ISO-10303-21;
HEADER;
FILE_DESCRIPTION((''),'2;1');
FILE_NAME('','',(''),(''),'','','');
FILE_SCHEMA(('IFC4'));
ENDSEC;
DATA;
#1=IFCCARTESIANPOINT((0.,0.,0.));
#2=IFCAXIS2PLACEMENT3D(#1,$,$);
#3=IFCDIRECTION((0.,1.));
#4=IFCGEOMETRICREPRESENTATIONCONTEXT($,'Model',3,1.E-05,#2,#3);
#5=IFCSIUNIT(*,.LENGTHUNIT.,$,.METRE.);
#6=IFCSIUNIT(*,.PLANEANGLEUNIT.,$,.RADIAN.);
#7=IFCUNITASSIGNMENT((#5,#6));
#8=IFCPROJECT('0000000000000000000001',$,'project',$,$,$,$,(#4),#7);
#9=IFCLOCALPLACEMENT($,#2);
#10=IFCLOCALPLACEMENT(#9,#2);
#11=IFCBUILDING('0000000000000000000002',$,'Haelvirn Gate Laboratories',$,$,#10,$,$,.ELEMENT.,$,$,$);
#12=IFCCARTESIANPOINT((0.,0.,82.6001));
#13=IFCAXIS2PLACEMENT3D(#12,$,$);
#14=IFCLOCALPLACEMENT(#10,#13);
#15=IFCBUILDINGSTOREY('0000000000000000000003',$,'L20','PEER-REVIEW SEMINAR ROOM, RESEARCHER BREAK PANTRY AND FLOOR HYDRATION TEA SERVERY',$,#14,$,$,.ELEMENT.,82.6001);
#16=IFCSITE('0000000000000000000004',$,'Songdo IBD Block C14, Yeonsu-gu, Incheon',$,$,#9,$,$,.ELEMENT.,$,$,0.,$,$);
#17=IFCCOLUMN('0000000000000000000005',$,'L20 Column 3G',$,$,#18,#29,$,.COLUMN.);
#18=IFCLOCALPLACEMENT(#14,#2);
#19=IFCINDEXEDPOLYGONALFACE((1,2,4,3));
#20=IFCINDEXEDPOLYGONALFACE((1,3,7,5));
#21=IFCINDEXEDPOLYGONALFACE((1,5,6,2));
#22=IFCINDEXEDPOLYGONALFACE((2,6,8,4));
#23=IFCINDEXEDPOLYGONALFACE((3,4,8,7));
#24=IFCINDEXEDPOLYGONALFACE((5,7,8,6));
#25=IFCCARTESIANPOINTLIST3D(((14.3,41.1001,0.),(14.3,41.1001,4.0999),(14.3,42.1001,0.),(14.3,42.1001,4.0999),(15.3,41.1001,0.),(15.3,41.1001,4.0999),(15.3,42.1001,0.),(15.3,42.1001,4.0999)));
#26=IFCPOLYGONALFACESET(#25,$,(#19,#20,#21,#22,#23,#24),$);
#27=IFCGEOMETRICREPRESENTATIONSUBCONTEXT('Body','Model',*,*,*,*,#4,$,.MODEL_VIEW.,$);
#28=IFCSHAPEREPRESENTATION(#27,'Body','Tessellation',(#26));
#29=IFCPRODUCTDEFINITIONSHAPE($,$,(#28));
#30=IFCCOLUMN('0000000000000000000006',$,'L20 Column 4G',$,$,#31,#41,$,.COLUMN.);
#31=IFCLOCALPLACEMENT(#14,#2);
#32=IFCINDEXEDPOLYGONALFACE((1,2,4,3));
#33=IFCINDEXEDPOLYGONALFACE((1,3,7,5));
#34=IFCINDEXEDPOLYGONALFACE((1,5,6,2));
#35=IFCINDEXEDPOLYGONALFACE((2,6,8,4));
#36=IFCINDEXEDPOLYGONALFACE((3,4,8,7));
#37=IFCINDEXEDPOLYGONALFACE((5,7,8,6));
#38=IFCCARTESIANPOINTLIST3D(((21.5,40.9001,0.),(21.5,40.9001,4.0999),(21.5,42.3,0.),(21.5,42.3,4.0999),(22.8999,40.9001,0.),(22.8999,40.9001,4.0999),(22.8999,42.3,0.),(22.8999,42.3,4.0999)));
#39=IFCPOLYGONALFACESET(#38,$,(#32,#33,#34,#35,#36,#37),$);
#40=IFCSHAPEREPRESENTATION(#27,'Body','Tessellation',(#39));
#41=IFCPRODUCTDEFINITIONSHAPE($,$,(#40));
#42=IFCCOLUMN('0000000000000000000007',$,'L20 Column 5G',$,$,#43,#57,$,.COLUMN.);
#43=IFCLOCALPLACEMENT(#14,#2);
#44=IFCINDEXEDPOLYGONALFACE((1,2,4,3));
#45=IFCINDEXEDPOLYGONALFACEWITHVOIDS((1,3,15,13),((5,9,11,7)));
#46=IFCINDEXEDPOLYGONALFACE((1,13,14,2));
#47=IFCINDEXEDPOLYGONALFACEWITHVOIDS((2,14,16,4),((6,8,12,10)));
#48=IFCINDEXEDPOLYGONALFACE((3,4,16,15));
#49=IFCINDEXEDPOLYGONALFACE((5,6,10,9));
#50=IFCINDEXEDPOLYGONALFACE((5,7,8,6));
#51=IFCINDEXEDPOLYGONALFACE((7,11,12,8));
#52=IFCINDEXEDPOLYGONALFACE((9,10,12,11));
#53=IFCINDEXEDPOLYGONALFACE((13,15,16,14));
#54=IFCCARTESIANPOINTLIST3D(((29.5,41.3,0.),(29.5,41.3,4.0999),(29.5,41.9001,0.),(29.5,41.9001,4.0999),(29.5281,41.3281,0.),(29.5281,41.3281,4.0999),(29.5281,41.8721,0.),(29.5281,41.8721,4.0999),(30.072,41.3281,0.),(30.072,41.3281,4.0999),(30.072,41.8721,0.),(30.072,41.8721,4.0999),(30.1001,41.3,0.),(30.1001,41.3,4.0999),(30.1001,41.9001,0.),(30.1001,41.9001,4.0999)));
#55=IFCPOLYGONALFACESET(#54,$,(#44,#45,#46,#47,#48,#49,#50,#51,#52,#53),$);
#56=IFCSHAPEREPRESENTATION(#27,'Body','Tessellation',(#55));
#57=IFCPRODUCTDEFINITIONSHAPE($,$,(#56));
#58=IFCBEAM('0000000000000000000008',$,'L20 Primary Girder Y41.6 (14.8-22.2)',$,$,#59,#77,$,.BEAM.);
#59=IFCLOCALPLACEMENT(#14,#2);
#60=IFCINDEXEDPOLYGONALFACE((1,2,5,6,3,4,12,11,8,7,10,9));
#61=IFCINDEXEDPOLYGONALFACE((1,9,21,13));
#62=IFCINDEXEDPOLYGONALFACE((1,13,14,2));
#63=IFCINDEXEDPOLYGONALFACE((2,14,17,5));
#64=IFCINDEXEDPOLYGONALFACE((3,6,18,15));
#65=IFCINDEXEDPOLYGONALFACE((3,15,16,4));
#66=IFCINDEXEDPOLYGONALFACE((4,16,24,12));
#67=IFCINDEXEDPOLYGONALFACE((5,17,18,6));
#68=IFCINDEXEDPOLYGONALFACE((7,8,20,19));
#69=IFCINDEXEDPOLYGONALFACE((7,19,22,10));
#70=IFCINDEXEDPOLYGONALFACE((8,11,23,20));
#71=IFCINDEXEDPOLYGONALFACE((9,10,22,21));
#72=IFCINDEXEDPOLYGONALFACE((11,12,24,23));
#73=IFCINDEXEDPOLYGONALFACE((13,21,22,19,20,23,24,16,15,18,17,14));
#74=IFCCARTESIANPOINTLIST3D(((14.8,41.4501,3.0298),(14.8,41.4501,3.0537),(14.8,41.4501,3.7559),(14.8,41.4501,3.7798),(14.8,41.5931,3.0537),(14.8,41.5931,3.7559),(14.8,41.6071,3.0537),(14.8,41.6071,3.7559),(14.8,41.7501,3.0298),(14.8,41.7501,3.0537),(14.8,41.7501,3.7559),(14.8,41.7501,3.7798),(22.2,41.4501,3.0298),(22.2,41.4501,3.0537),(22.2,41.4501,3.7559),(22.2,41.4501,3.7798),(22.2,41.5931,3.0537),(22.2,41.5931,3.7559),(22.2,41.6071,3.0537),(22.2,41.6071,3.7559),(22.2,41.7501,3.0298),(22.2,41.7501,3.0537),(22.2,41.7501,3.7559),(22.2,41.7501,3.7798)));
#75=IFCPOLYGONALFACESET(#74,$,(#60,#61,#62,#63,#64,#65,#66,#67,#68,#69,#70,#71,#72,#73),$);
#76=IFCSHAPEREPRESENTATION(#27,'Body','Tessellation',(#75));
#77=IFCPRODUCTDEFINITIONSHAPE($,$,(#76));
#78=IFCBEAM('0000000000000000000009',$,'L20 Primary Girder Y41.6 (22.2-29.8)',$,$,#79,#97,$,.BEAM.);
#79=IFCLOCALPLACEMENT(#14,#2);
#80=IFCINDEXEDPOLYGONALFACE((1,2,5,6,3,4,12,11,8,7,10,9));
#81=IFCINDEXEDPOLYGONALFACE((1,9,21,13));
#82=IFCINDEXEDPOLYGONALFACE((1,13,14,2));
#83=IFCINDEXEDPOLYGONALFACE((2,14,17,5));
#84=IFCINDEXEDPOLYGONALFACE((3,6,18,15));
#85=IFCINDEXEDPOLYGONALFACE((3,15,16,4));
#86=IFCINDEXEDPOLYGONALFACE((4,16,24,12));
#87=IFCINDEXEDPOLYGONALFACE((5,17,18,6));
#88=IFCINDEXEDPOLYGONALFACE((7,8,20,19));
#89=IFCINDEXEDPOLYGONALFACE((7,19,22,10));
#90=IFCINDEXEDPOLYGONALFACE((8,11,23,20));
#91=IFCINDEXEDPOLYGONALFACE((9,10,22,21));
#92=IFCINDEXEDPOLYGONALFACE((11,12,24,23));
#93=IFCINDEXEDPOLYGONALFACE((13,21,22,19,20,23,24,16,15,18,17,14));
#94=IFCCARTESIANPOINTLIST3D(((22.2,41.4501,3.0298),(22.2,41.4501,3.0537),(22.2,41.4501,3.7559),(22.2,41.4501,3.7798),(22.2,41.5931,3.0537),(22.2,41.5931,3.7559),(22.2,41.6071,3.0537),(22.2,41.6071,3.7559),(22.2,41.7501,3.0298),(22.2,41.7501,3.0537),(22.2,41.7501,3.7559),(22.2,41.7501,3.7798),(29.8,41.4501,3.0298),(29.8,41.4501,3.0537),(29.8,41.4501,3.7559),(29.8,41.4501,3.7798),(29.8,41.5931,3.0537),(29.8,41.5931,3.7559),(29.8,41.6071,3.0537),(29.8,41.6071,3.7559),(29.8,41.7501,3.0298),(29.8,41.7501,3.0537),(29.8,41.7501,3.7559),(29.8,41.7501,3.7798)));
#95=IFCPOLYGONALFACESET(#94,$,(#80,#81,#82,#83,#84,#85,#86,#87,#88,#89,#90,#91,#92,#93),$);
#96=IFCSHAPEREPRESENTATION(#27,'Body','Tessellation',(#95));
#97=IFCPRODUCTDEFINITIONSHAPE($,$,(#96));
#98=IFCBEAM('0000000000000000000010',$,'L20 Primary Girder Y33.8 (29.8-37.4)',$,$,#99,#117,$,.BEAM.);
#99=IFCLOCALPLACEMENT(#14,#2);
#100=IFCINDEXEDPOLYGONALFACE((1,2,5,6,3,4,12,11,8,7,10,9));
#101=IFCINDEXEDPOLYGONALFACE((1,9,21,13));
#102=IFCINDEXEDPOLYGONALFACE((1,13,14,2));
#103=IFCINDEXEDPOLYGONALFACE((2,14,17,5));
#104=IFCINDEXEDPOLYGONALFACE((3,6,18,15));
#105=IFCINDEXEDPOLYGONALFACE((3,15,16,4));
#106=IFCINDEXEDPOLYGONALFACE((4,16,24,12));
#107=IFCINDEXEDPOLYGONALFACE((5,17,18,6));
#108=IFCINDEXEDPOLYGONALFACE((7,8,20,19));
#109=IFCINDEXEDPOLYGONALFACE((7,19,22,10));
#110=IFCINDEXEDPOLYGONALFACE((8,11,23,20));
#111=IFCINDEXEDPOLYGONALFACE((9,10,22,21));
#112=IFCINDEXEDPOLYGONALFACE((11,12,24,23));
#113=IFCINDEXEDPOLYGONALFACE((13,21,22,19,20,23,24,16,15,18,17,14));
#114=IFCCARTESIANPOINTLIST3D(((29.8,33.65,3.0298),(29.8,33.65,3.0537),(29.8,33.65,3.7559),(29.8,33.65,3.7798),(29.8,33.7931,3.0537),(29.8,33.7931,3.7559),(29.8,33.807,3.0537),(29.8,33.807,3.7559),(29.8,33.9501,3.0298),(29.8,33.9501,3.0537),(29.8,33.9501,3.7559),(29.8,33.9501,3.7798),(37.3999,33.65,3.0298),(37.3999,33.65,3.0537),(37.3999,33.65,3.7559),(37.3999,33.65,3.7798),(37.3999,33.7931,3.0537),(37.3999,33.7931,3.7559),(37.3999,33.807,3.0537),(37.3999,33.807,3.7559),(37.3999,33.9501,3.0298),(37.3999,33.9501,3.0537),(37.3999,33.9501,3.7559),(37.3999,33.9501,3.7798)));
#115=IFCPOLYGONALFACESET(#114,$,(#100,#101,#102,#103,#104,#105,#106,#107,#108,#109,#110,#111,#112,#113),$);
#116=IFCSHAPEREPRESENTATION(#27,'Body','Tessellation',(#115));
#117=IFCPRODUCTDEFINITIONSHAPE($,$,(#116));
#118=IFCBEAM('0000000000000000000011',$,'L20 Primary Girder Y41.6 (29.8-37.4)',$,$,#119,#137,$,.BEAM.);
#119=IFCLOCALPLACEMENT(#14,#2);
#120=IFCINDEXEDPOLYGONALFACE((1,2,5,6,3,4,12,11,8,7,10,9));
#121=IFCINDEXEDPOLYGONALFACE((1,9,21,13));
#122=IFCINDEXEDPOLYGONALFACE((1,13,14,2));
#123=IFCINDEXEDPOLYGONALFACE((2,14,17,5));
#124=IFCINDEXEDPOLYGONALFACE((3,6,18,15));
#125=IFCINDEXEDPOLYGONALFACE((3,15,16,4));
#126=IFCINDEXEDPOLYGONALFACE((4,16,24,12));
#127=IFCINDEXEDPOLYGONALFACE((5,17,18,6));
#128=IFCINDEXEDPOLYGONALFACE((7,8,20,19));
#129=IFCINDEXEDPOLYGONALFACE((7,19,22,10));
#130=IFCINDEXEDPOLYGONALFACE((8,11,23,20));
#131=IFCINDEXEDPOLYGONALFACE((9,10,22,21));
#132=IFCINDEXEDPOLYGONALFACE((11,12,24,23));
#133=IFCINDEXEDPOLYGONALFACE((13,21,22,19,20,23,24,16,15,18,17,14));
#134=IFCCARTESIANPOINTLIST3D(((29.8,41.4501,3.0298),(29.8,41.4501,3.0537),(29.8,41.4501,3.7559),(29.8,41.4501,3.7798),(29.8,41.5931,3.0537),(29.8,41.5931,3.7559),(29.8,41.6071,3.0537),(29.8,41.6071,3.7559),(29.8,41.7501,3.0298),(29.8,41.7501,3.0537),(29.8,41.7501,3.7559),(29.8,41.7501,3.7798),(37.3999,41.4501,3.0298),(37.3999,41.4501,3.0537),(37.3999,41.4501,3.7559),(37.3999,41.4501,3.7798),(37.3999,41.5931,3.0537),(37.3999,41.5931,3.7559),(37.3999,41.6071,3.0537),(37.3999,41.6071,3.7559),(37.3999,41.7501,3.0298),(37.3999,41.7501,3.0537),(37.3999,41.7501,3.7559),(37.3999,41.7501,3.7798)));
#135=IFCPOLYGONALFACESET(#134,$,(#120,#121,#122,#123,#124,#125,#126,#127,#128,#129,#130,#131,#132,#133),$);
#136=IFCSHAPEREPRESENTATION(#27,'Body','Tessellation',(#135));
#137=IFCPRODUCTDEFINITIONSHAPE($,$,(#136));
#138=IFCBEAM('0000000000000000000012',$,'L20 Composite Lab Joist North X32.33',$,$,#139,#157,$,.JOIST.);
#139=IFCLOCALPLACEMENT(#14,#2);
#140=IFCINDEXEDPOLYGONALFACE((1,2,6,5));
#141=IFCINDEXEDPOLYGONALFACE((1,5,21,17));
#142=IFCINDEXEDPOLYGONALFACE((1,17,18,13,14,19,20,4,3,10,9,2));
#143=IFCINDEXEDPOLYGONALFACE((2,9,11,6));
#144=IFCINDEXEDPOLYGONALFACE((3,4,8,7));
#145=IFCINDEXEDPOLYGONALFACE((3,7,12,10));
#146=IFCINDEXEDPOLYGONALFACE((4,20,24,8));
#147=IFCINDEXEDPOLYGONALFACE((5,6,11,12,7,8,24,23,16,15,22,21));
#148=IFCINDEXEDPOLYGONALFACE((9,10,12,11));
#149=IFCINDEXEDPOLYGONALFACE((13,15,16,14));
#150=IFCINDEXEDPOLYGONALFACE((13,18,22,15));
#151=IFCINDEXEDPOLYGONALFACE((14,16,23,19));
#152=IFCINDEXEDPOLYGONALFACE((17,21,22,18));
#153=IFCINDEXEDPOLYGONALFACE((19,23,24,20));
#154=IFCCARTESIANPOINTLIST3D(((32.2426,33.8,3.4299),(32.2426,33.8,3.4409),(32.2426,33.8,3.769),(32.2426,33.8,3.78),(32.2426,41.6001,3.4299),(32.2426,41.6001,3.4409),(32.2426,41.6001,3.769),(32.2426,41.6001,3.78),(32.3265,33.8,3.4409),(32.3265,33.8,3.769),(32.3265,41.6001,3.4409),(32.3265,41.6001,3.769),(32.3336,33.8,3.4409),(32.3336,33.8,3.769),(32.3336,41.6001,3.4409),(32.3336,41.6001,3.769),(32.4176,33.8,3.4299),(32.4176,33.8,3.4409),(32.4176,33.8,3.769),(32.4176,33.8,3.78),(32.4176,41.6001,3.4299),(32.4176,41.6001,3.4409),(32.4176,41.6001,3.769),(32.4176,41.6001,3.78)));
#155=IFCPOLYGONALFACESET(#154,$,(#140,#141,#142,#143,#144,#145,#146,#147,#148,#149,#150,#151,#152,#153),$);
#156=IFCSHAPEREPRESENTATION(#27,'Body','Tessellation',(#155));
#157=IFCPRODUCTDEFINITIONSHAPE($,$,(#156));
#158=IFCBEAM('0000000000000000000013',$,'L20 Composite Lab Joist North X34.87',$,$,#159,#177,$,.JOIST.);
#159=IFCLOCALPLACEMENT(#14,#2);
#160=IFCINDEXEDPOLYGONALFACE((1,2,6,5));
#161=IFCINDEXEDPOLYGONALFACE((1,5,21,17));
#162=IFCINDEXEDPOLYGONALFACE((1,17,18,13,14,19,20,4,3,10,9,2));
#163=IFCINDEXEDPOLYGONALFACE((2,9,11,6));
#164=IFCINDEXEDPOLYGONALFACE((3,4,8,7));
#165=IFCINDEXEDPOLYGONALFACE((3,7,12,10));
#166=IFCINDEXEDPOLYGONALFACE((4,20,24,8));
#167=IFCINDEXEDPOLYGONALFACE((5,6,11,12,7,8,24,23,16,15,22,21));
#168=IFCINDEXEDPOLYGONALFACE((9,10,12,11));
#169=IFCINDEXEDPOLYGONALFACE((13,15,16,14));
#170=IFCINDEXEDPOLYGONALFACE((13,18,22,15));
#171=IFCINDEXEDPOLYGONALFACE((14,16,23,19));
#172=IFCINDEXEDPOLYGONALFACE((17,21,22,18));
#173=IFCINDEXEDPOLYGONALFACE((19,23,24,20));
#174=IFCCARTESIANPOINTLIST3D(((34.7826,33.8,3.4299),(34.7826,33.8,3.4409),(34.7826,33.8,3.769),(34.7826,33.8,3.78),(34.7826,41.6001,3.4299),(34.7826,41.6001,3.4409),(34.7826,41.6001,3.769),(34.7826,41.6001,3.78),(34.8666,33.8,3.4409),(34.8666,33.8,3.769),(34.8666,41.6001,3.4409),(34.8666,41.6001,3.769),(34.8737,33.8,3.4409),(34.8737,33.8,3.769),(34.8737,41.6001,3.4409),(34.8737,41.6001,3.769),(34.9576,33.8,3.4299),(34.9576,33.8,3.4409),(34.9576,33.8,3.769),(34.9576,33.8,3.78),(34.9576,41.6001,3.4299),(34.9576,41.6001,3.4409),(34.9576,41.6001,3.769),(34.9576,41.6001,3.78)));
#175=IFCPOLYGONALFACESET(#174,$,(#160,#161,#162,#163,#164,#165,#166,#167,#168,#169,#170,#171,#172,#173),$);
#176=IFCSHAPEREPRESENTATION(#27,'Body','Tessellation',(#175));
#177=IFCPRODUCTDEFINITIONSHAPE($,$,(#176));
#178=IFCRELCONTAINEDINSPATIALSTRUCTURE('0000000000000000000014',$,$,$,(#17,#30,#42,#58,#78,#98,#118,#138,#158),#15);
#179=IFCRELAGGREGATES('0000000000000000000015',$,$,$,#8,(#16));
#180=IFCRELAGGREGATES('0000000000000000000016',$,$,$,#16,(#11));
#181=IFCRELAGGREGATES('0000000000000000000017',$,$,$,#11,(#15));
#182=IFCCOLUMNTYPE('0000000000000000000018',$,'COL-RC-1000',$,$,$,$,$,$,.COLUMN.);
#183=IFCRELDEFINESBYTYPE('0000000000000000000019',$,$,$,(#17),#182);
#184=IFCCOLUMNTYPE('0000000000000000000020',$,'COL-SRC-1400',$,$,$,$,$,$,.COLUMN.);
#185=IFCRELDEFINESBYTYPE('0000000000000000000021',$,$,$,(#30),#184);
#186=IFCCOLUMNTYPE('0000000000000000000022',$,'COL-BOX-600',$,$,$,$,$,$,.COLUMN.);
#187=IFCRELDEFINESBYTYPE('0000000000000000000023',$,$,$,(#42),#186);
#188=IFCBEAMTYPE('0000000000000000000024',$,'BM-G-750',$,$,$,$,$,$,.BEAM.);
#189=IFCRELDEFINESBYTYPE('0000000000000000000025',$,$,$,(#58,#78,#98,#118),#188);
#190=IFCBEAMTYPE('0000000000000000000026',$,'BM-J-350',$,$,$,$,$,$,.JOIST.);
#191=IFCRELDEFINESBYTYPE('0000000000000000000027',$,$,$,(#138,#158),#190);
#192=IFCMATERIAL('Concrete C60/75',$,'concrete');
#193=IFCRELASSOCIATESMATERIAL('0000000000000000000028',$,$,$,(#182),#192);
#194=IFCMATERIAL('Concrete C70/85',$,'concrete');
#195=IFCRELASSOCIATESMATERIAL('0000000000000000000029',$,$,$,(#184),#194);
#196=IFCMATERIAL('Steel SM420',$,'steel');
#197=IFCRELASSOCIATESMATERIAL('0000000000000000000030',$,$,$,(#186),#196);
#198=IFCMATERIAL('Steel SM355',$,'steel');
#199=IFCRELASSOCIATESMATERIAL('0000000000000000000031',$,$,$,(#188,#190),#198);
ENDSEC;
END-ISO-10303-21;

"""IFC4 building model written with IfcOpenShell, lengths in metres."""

from ifc_helpers import new_model, si_unit, direction, frame, origin, origin_2d, place, context, subcontext, project, spatial, rectangle, hollow_rectangle, i_section, extrude, source, transform, mapped, material, material_profile, profile_set, type_object, type_shapes, element, save


model = new_model("IFC4")

# Units and contexts
model_context = context("Model", 3, precision=1e-05, world=origin(), true_north=direction((0.0, 1.0)))
body_context = subcontext(model_context, "Body", "Model", "MODEL_VIEW")
ifc_project = project(units=[si_unit("LENGTHUNIT", "METRE"), si_unit("PLANEANGLEUNIT", "RADIAN")], contexts=[model_context])

# Site, building, storey
site_placement = place(None, origin())
site = spatial("IfcSite", under=ifc_project, at=site_placement, Name="Songdo IBD Block C14, Yeonsu-gu, Incheon", CompositionType="ELEMENT", RefElevation=0.0)
building_placement = place(site_placement, origin())
building = spatial("IfcBuilding", under=site, at=building_placement, Name="Haelvirn Gate Laboratories", CompositionType="ELEMENT")
storey_placement = place(building_placement, frame((0.0, 0.0, 82.6001)))
storey = spatial("IfcBuildingStorey", under=building, at=storey_placement, Name="L20", Description="PEER-REVIEW SEMINAR ROOM, RESEARCHER BREAK PANTRY AND FLOOR HYDRATION TEA SERVERY", CompositionType="ELEMENT", Elevation=82.6001)

# Columns
ifc_material_1 = material(Name="Concrete C60/75", Category="concrete")
ifc_material_profile_1 = material_profile(ifc_material_1, rectangle(XDim=1.0, YDim=1.0, at=origin_2d()), Name="RC-1000x1000")
ifc_profile_set_1 = profile_set([ifc_material_profile_1], Name="Concrete C60/75")
column_type_1 = type_object("IfcColumnType", Name="COL-RC-1000", PredefinedType="COLUMN", material=ifc_profile_set_1)
shared_shape_1 = source(origin(), body_context, "Body", "SweptSolid", [
    extrude(rectangle(XDim=1.0, YDim=1.0, at=origin_2d()), origin(), (0.0, 0.0, 1.0), 4.0999),
])
type_shapes(column_type_1, [shared_shape_1])
column_1_placement = place(storey_placement, frame((14.8, 41.6001, 0.0), z_axis=(0.0, 0.0, 1.0), x_axis=(1.0, 0.0, 0.0)))
element("IfcColumn", 1, at=column_1_placement, inside=storey, type_object=column_type_1, Name="L20 Column 3G", PredefinedType="COLUMN", context=body_context, shape_type="MappedRepresentation", body=[
    mapped(shared_shape_1, transform((0.0, 0.0, 0.0), scale=1.0)),
])
ifc_material_2 = material(Name="Concrete C70/85", Category="concrete")
ifc_material_profile_2 = material_profile(ifc_material_2, rectangle(XDim=1.3999, YDim=1.3999, at=origin_2d()), Name="SRC-1400x1400")
ifc_profile_set_2 = profile_set([ifc_material_profile_2], Name="Concrete C70/85")
column_type_2 = type_object("IfcColumnType", Name="COL-SRC-1400", PredefinedType="COLUMN", material=ifc_profile_set_2)
shared_shape_2 = source(origin(), body_context, "Body", "SweptSolid", [
    extrude(rectangle(XDim=1.3999, YDim=1.3999, at=origin_2d()), origin(), (0.0, 0.0, 1.0), 4.0999),
])
type_shapes(column_type_2, [shared_shape_2])
column_2_placement = place(storey_placement, frame((22.2, 41.6001, 0.0), z_axis=(0.0, 0.0, 1.0), x_axis=(1.0, 0.0, 0.0)))
element("IfcColumn", 2, at=column_2_placement, inside=storey, type_object=column_type_2, Name="L20 Column 4G", PredefinedType="COLUMN", context=body_context, shape_type="MappedRepresentation", body=[
    mapped(shared_shape_2, transform((0.0, 0.0, 0.0), scale=1.0)),
])
ifc_material_3 = material(Name="Steel SM420", Category="steel")
ifc_material_profile_3 = material_profile(ifc_material_3, hollow_rectangle(XDim=0.6001, YDim=0.6001, WallThickness=0.0281, at=origin_2d()), Name="BOX-600x600x28")
ifc_profile_set_3 = profile_set([ifc_material_profile_3], Name="Steel SM420")
column_type_3 = type_object("IfcColumnType", Name="COL-BOX-600", PredefinedType="COLUMN", material=ifc_profile_set_3)
shared_shape_3 = source(origin(), body_context, "Body", "SweptSolid", [
    extrude(hollow_rectangle(XDim=0.6001, YDim=0.6001, WallThickness=0.0281, at=origin_2d()), origin(), (0.0, 0.0, 1.0), 4.0999),
])
type_shapes(column_type_3, [shared_shape_3])
column_3_placement = place(storey_placement, frame((29.8, 41.6001, 0.0), z_axis=(0.0, 0.0, 1.0), x_axis=(1.0, 0.0, 0.0)))
element("IfcColumn", 3, at=column_3_placement, inside=storey, type_object=column_type_3, Name="L20 Column 5G", PredefinedType="COLUMN", context=body_context, shape_type="MappedRepresentation", body=[
    mapped(shared_shape_3, transform((0.0, 0.0, 0.0), scale=1.0)),
])

# Beams
ifc_material_4 = material(Name="Steel SM355", Category="steel")
ifc_material_profile_4 = material_profile(ifc_material_4, i_section(OverallWidth=0.3, OverallDepth=0.75, WebThickness=0.0139, FlangeThickness=0.0239, at=origin_2d()), Name="H-750x300x14x24")
ifc_profile_set_4 = profile_set([ifc_material_profile_4], Name="Steel SM355")
beam_type_1 = type_object("IfcBeamType", Name="BM-G-750", PredefinedType="BEAM", material=ifc_profile_set_4)
shared_shape_4 = source(origin(), body_context, "Body", "SweptSolid", [
    extrude(i_section(OverallWidth=0.3, OverallDepth=0.75, WebThickness=0.0139, FlangeThickness=0.0239, at=origin_2d()), origin(), (0.0, 0.0, 1.0), 7.3999),
])
beam_1_placement = place(storey_placement, frame((14.8, 41.6001, 3.4048), z_axis=(1.0, 0.0, 0.0), x_axis=(0.0, 1.0, 0.0)))
element("IfcBeam", 4, at=beam_1_placement, inside=storey, type_object=beam_type_1, Name="L20 Primary Girder Y41.6 (14.8-22.2)", PredefinedType="BEAM", context=body_context, shape_type="MappedRepresentation", body=[
    mapped(shared_shape_4, transform((0.0, 0.0, 0.0), scale=1.0)),
])
shared_shape_5 = source(origin(), body_context, "Body", "SweptSolid", [
    extrude(i_section(OverallWidth=0.3, OverallDepth=0.75, WebThickness=0.0139, FlangeThickness=0.0239, at=origin_2d()), origin(), (0.0, 0.0, 1.0), 7.6001),
])
beam_2_placement = place(storey_placement, frame((22.2, 41.6001, 3.4048), z_axis=(1.0, 0.0, 0.0), x_axis=(0.0, 1.0, 0.0)))
element("IfcBeam", 5, at=beam_2_placement, inside=storey, type_object=beam_type_1, Name="L20 Primary Girder Y41.6 (22.2-29.8)", PredefinedType="BEAM", context=body_context, shape_type="MappedRepresentation", body=[
    mapped(shared_shape_5, transform((0.0, 0.0, 0.0), scale=1.0)),
])
shared_shape_6 = source(origin(), body_context, "Body", "SweptSolid", [
    extrude(i_section(OverallWidth=0.3, OverallDepth=0.75, WebThickness=0.0139, FlangeThickness=0.0239, at=origin_2d()), origin(), (0.0, 0.0, 1.0), 7.5999),
])
type_shapes(beam_type_1, [shared_shape_4, shared_shape_5, shared_shape_6])
for number, where, z_axis, x_axis, name in (
    (6, (29.8, 33.8, 3.4048), (1.0, 0.0, 0.0), (0.0, 1.0, 0.0), "L20 Primary Girder Y33.8 (29.8-37.4)"),
    (7, (29.8, 41.6001, 3.4048), (1.0, 0.0, 0.0), (0.0, 1.0, 0.0), "L20 Primary Girder Y41.6 (29.8-37.4)"),
):
    element("IfcBeam", number, at=place(storey_placement, frame(where, z_axis=z_axis, x_axis=x_axis)), inside=storey, type_object=beam_type_1, Name=name, PredefinedType="BEAM", context=body_context, shape_type="MappedRepresentation", body=[
        mapped(shared_shape_6, transform((0.0, 0.0, 0.0), scale=1.0)),
    ])
ifc_material_profile_5 = material_profile(ifc_material_4, i_section(OverallWidth=0.175, OverallDepth=0.3501, WebThickness=0.0071, FlangeThickness=0.011, at=origin_2d()), Name="H-350x175x7x11")
ifc_profile_set_5 = profile_set([ifc_material_profile_5], Name="Steel SM355")
beam_type_2 = type_object("IfcBeamType", Name="BM-J-350", PredefinedType="JOIST", material=ifc_profile_set_5)
shared_shape_7 = source(origin(), body_context, "Body", "SweptSolid", [
    extrude(i_section(OverallWidth=0.175, OverallDepth=0.3501, WebThickness=0.0071, FlangeThickness=0.011, at=origin_2d()), origin(), (0.0, 0.0, 1.0), 7.8),
])
type_shapes(beam_type_2, [shared_shape_7])
for number, where, z_axis, x_axis, name in (
    (8, (32.3301, 33.8, 3.605), (0.0, 1.0, 0.0), (-1.0, 0.0, 0.0), "L20 Composite Lab Joist North X32.33"),
    (9, (34.8701, 33.8, 3.605), (0.0, 1.0, 0.0), (-1.0, 0.0, 0.0), "L20 Composite Lab Joist North X34.87"),
):
    element("IfcBeam", number, at=place(storey_placement, frame(where, z_axis=z_axis, x_axis=x_axis)), inside=storey, type_object=beam_type_2, Name=name, PredefinedType="JOIST", context=body_context, shape_type="MappedRepresentation", body=[
        mapped(shared_shape_7, transform((0.0, 0.0, 0.0), scale=1.0)),
    ])

save(model, "model.ifc")
